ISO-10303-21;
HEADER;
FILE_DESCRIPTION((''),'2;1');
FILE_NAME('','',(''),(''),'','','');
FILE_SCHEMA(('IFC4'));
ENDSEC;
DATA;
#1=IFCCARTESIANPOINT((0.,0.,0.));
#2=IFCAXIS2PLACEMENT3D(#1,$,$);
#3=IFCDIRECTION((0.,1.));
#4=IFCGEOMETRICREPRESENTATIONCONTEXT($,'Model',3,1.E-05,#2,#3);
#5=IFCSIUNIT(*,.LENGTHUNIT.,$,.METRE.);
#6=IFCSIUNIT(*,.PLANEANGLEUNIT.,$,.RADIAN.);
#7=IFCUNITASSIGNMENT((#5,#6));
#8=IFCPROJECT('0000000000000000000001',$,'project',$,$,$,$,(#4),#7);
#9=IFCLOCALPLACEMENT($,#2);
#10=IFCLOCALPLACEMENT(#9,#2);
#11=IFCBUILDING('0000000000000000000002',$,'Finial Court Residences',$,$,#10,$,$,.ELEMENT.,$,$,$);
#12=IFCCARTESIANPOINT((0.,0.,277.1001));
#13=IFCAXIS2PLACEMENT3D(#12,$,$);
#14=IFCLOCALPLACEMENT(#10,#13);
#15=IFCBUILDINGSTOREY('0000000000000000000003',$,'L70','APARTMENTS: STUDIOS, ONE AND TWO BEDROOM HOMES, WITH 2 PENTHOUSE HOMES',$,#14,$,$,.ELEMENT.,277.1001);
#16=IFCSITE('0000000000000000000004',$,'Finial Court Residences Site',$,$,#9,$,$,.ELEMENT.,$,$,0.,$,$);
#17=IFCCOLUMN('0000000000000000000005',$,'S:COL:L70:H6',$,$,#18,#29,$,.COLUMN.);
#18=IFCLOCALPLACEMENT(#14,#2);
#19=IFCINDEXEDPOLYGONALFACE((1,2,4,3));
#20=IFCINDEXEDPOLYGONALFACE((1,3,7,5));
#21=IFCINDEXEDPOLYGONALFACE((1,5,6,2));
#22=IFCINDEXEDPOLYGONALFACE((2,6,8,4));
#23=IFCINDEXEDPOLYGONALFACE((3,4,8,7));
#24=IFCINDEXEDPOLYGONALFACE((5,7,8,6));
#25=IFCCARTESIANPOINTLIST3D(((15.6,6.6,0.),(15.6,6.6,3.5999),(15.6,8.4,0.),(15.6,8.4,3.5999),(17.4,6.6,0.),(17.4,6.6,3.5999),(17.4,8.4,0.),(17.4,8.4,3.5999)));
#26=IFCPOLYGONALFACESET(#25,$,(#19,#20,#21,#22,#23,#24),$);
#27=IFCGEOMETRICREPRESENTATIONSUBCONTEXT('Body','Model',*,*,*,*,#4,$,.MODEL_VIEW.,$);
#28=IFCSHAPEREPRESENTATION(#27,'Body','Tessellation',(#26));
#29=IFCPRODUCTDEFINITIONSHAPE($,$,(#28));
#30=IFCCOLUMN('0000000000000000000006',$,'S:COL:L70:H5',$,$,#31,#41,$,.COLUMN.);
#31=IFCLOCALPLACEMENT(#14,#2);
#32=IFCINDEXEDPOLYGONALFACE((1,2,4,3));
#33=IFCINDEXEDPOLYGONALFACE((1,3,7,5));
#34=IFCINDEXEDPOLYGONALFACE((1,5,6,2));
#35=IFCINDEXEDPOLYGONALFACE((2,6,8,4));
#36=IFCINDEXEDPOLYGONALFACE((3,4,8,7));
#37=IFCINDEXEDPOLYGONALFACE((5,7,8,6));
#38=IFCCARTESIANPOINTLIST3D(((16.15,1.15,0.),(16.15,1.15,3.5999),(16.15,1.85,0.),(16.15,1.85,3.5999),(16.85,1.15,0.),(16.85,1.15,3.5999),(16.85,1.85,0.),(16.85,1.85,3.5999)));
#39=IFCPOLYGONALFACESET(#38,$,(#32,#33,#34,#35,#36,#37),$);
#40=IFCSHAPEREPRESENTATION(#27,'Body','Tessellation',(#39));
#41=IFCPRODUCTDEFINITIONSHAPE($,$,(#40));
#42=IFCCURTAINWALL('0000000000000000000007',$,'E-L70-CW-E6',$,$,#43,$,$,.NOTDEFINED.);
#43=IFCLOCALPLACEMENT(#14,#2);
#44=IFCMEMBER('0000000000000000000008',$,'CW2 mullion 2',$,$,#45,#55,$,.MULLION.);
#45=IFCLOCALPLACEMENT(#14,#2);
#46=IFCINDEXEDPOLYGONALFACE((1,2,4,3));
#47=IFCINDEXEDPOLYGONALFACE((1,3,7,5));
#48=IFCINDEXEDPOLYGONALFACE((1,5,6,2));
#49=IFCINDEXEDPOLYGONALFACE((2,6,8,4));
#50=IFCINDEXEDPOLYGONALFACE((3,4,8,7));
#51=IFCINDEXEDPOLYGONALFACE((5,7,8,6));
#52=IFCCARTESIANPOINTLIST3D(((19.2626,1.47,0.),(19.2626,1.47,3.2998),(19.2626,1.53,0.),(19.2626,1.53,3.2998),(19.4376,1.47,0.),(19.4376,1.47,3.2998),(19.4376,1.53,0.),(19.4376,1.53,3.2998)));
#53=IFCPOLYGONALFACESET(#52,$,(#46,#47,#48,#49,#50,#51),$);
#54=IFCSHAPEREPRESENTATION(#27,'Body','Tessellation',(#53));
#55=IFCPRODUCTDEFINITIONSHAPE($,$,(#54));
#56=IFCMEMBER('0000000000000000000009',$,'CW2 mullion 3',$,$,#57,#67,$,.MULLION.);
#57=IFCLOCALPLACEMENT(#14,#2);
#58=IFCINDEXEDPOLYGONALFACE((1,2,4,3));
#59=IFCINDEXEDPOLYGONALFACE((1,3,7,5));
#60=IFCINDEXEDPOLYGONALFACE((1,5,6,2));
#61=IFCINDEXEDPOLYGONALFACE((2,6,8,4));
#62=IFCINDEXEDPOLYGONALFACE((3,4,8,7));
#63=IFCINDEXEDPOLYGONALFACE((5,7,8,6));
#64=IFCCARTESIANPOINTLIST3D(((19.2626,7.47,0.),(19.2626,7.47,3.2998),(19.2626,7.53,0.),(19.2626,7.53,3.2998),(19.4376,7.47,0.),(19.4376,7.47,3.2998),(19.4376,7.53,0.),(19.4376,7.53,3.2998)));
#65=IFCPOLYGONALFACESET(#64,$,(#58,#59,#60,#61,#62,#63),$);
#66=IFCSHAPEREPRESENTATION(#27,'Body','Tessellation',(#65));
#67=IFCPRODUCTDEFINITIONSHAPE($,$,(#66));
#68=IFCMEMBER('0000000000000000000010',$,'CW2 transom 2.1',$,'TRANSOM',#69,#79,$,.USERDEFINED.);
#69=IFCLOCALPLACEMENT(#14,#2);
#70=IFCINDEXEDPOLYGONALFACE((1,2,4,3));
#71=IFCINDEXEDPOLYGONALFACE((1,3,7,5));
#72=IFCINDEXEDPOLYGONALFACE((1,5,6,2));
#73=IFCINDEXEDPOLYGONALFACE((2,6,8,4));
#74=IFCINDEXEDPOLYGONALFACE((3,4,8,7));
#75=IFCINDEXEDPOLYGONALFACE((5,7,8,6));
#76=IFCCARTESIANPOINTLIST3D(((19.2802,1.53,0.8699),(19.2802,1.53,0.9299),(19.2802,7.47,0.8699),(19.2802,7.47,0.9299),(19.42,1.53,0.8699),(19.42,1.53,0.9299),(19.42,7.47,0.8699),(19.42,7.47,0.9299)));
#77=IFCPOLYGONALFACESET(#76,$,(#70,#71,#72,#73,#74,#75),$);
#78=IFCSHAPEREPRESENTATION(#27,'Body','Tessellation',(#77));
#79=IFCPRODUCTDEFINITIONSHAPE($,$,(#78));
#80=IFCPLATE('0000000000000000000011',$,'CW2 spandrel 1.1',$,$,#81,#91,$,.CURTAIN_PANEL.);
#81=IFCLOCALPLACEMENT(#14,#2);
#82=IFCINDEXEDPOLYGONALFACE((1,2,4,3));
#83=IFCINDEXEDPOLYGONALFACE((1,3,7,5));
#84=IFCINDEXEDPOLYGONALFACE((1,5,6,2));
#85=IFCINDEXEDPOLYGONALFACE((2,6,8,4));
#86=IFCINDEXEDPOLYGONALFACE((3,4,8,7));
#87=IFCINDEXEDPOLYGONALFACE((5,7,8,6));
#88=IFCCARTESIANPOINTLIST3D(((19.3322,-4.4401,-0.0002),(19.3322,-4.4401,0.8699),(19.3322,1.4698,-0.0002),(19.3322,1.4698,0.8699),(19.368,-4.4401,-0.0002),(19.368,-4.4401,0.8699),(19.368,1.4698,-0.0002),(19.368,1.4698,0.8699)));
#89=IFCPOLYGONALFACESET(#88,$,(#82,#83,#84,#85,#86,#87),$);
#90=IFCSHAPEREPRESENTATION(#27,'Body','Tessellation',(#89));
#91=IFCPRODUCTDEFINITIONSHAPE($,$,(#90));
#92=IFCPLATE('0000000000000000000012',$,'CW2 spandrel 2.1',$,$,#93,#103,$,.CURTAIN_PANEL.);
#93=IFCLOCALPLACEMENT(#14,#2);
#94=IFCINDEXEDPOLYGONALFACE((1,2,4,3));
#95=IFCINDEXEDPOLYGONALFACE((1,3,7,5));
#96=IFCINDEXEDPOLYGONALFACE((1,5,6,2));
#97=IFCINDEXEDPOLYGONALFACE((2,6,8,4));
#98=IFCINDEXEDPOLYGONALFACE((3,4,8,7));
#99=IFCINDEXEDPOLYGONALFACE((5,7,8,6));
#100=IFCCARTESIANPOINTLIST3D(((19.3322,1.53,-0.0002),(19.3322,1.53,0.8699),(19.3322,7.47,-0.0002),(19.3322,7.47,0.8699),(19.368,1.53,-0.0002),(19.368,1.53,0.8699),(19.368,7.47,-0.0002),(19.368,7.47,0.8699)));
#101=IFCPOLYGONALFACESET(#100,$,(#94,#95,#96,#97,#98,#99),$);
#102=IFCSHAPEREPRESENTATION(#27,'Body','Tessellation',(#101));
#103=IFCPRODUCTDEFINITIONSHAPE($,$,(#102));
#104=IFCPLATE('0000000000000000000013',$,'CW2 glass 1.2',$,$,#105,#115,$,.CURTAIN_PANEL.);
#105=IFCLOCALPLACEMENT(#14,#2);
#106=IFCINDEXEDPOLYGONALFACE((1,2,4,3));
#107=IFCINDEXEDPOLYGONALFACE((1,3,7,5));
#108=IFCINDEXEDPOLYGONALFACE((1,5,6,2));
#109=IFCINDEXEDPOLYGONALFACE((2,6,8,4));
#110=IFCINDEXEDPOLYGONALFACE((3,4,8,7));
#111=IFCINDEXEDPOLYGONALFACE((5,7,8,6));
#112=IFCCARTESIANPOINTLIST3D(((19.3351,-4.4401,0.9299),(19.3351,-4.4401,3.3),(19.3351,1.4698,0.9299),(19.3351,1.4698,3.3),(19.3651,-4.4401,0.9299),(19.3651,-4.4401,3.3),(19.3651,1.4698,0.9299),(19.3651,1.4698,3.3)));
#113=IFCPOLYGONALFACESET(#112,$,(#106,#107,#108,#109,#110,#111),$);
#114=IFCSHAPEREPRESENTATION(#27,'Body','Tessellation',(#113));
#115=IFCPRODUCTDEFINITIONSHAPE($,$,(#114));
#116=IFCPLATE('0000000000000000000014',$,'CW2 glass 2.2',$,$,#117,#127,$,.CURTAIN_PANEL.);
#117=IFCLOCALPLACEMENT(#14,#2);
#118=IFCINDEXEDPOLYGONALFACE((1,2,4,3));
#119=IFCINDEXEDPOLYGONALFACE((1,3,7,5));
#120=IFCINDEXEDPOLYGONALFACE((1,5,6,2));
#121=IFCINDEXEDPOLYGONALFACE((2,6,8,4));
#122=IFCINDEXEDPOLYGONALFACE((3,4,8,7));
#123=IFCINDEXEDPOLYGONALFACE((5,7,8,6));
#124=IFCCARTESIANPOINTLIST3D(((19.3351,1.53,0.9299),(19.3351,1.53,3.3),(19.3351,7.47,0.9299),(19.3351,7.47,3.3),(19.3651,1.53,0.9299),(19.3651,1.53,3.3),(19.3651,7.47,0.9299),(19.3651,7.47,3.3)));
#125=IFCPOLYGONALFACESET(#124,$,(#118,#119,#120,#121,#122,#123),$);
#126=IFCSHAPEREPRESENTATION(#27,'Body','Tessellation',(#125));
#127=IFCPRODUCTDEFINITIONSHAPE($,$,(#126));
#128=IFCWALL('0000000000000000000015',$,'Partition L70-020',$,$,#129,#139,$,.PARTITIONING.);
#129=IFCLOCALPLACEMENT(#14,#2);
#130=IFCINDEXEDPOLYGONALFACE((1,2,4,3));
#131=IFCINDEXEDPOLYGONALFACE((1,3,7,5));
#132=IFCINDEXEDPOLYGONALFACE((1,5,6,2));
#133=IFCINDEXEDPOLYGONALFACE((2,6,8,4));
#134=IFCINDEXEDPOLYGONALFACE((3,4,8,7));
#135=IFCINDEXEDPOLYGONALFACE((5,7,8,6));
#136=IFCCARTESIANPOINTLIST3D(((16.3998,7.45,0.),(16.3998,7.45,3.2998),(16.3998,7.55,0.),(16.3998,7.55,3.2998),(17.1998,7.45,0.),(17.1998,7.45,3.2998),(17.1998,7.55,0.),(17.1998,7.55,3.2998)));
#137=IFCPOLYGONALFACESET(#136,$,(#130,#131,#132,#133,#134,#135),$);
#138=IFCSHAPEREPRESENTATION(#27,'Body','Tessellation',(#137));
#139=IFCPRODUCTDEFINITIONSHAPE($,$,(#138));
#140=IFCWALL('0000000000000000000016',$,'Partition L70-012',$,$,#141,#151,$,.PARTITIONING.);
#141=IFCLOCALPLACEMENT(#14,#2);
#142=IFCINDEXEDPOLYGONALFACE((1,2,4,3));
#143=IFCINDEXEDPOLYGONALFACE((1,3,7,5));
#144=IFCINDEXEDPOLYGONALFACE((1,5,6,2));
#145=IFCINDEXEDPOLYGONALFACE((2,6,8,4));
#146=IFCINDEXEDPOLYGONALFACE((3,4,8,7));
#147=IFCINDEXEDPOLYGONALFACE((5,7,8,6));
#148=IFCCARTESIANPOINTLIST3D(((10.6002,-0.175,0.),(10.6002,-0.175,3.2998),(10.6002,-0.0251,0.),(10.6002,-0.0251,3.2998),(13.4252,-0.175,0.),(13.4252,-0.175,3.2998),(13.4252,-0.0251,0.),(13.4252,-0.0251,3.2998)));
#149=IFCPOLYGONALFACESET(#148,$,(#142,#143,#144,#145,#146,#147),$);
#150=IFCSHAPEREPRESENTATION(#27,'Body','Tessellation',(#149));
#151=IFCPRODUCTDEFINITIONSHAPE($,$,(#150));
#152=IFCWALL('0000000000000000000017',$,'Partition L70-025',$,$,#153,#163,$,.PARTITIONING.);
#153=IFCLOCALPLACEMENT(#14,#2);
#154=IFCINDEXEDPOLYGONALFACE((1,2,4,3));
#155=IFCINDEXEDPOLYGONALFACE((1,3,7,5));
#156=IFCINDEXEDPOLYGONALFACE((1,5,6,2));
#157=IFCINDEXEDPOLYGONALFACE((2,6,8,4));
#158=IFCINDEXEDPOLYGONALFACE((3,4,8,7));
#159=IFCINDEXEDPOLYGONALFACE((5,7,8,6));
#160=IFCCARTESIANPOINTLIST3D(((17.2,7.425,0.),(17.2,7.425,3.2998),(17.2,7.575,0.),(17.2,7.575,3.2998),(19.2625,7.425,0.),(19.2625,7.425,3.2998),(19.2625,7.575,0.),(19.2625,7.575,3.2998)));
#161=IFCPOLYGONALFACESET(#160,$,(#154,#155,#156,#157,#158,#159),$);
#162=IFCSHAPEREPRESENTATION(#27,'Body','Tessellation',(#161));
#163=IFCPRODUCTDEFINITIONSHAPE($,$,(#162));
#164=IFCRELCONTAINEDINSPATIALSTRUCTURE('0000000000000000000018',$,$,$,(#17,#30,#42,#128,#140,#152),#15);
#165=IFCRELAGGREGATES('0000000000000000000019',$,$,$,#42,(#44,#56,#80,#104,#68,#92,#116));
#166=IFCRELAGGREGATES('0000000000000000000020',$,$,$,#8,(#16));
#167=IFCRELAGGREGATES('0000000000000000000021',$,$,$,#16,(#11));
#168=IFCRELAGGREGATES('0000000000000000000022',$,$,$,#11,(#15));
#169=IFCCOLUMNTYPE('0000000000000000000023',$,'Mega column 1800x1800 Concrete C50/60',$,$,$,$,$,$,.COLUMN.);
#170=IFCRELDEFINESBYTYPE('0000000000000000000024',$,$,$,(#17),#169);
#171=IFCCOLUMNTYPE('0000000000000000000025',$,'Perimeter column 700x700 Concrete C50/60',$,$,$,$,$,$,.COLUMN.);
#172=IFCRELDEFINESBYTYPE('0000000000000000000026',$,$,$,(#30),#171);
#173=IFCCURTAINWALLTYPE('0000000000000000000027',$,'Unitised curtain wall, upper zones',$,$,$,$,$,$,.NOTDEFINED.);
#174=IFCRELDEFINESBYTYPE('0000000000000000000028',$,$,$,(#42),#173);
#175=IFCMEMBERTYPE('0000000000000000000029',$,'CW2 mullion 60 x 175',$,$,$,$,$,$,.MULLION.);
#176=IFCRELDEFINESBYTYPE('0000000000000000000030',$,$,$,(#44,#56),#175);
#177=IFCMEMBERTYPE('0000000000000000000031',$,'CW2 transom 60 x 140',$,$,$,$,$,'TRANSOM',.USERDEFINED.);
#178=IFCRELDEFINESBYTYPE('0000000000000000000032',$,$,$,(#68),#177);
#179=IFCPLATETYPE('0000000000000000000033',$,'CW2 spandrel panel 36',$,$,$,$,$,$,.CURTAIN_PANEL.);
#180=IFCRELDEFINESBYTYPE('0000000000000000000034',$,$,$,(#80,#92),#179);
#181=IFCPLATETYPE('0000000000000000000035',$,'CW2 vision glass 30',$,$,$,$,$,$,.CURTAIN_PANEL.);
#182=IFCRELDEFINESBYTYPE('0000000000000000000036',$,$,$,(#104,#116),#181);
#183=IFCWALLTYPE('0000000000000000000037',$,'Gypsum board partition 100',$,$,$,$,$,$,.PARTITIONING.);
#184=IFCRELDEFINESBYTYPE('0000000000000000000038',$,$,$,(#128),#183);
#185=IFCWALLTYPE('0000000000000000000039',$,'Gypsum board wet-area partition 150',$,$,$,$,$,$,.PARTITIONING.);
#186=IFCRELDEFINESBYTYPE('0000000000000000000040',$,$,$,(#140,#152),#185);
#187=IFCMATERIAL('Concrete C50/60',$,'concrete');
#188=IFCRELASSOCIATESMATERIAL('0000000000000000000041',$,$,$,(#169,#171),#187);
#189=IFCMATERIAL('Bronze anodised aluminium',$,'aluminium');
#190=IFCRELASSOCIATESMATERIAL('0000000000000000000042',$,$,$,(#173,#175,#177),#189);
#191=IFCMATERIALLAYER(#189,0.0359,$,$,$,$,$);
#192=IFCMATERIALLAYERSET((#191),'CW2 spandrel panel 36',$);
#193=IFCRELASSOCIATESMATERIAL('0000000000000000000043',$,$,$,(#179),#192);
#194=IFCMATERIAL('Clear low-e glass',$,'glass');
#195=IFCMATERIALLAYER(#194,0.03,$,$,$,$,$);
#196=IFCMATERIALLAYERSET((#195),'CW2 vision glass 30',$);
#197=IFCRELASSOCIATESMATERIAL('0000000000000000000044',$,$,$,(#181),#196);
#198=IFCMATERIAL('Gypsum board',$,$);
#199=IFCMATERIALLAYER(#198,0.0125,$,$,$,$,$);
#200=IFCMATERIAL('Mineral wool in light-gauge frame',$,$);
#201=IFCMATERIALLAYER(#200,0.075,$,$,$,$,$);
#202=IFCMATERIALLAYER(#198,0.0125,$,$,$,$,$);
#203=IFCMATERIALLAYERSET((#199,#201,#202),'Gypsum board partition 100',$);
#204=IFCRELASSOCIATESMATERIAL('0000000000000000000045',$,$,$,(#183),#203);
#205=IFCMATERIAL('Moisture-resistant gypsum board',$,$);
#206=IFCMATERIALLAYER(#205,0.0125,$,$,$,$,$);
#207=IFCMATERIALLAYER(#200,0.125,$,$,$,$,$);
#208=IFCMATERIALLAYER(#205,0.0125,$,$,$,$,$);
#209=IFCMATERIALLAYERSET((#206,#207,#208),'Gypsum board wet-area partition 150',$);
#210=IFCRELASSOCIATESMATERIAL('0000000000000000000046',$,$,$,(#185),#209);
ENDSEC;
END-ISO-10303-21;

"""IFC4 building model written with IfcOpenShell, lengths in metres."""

from ifc_helpers import new_model, si_unit, direction, frame, frame_2d, origin, origin_2d, place, context, subcontext, project, spatial, rectangle, extrude, material, layer, layer_set, material_profile, profile_set, type_object, element, aggregate, save


model = new_model("IFC4")

# Units and contexts
model_context = context("Model", 3, precision=1e-05, world=origin(), true_north=direction((0.0, 1.0)))
body_context = subcontext(model_context, "Body", "Model", "MODEL_VIEW")
ifc_project = project(units=[si_unit("LENGTHUNIT", "METRE"), si_unit("PLANEANGLEUNIT", "RADIAN")], contexts=[model_context])

# Site, building, storey
site_placement = place(None, origin())
site = spatial("IfcSite", under=ifc_project, at=site_placement, Name="Finial Court Residences Site", CompositionType="ELEMENT", RefElevation=0.0)
building_placement = place(site_placement, origin())
building = spatial("IfcBuilding", under=site, at=building_placement, Name="Finial Court Residences", CompositionType="ELEMENT")
storey_placement = place(building_placement, frame((0.0, 0.0, 277.1001)))
storey = spatial("IfcBuildingStorey", under=building, at=storey_placement, Name="L70", Description="APARTMENTS: STUDIOS, ONE AND TWO BEDROOM HOMES, WITH 2 PENTHOUSE HOMES", CompositionType="ELEMENT", Elevation=277.1001)

# Columns
ifc_material_1 = material(Name="Concrete C50/60", Category="concrete")
ifc_material_profile_1 = material_profile(ifc_material_1, rectangle(XDim=1.8, YDim=1.8, at=origin_2d()), Name="1800x1800")
ifc_profile_set_1 = profile_set([ifc_material_profile_1], Name="Concrete C50/60")
column_type_1 = type_object("IfcColumnType", Name="Mega column 1800x1800 Concrete C50/60", PredefinedType="COLUMN", material=ifc_profile_set_1)
column_1_placement = place(storey_placement, frame((16.5, 7.5, 0.0), z_axis=(0.0, 0.0, 1.0), x_axis=(1.0, 0.0, 0.0)))
element("IfcColumn", 1, at=column_1_placement, inside=storey, type_object=column_type_1, Name="S:COL:L70:H6", PredefinedType="COLUMN", context=body_context, shape_type="SweptSolid", body=[
    extrude(rectangle(XDim=1.8, YDim=1.8, at=origin_2d()), origin(), (0.0, 0.0, 1.0), 3.5999),
])
ifc_material_profile_2 = material_profile(ifc_material_1, rectangle(XDim=0.7, YDim=0.7, at=origin_2d()), Name="700x700")
ifc_profile_set_2 = profile_set([ifc_material_profile_2], Name="Concrete C50/60")
column_type_2 = type_object("IfcColumnType", Name="Perimeter column 700x700 Concrete C50/60", PredefinedType="COLUMN", material=ifc_profile_set_2)
column_2_placement = place(storey_placement, frame((16.5, 1.5, 0.0), z_axis=(0.0, 0.0, 1.0), x_axis=(1.0, 0.0, 0.0)))
element("IfcColumn", 2, at=column_2_placement, inside=storey, type_object=column_type_2, Name="S:COL:L70:H5", PredefinedType="COLUMN", context=body_context, shape_type="SweptSolid", body=[
    extrude(rectangle(XDim=0.7, YDim=0.7, at=origin_2d()), origin(), (0.0, 0.0, 1.0), 3.5999),
])

# Curtain wall, members, plates
ifc_material_2 = material(Name="Bronze anodised aluminium", Category="aluminium")
curtain_wall_type = type_object("IfcCurtainWallType", Name="Unitised curtain wall, upper zones", PredefinedType="NOTDEFINED", material=ifc_material_2)
curtain_wall_placement = place(storey_placement, origin())
curtain_wall = element("IfcCurtainWall", 3, at=curtain_wall_placement, inside=storey, type_object=curtain_wall_type, Name="E-L70-CW-E6", PredefinedType="NOTDEFINED")
ifc_material_profile_3 = material_profile(ifc_material_2, rectangle(XDim=0.175, YDim=0.0601, at=origin_2d()), Name="CW2 mullion 60 x 175")
ifc_profile_set_3 = profile_set([ifc_material_profile_3], Name="Bronze anodised aluminium")
member_type_1 = type_object("IfcMemberType", Name="CW2 mullion 60 x 175", PredefinedType="MULLION", material=ifc_profile_set_3)
member_1_placement = place(storey_placement, frame((19.3501, 1.5, 0.0), z_axis=(0.0, 0.0, 1.0), x_axis=(-1.0, 0.0, 0.0)))
member_1 = element("IfcMember", 4, at=member_1_placement, type_object=member_type_1, Name="CW2 mullion 2", PredefinedType="MULLION", context=body_context, shape_type="SweptSolid", body=[
    extrude(rectangle(XDim=0.175, YDim=0.0601, at=origin_2d()), origin(), (0.0, 0.0, 1.0), 3.2998),
])
member_2_placement = place(storey_placement, frame((19.3501, 7.5, 0.0), z_axis=(0.0, 0.0, 1.0), x_axis=(-1.0, 0.0, 0.0)))
member_2 = element("IfcMember", 5, at=member_2_placement, type_object=member_type_1, Name="CW2 mullion 3", PredefinedType="MULLION", context=body_context, shape_type="SweptSolid", body=[
    extrude(rectangle(XDim=0.175, YDim=0.0601, at=origin_2d()), origin(), (0.0, 0.0, 1.0), 3.2998),
])
ifc_material_profile_4 = material_profile(ifc_material_2, rectangle(XDim=0.1399, YDim=0.0601, at=origin_2d()), Name="CW2 transom 60 x 140")
ifc_profile_set_4 = profile_set([ifc_material_profile_4], Name="Bronze anodised aluminium")
member_type_2 = type_object("IfcMemberType", Name="CW2 transom 60 x 140", ElementType="TRANSOM", PredefinedType="USERDEFINED", material=ifc_profile_set_4)
member_3_placement = place(storey_placement, frame((19.3501, 1.53, 0.8999), z_axis=(0.0, 1.0, 0.0), x_axis=(-1.0, 0.0, 0.0)))
member_3 = element("IfcMember", 6, at=member_3_placement, type_object=member_type_2, Name="CW2 transom 2.1", ObjectType="TRANSOM", PredefinedType="USERDEFINED", context=body_context, shape_type="SweptSolid", body=[
    extrude(rectangle(XDim=0.1399, YDim=0.0601, at=origin_2d()), origin(), (0.0, 0.0, 1.0), 5.9399),
])
ifc_layer_1 = layer(ifc_material_2, 0.0359)
ifc_layer_set_1 = layer_set([ifc_layer_1], Name="CW2 spandrel panel 36")
plate_type_1 = type_object("IfcPlateType", Name="CW2 spandrel panel 36", PredefinedType="CURTAIN_PANEL", material=ifc_layer_set_1)
plate_1_placement = place(storey_placement, frame((19.3501, -1.4851, -0.0002), z_axis=(0.0, 0.0, 1.0), x_axis=(0.0, 1.0, 0.0)))
plate_1 = element("IfcPlate", 7, at=plate_1_placement, type_object=plate_type_1, Name="CW2 spandrel 1.1", PredefinedType="CURTAIN_PANEL", context=body_context, shape_type="SweptSolid", body=[
    extrude(rectangle(XDim=5.9099, YDim=0.0359, at=origin_2d()), origin(), (0.0, 0.0, 1.0), 0.8701),
])
plate_2_placement = place(storey_placement, frame((19.3501, 4.5, -0.0002), z_axis=(0.0, 0.0, 1.0), x_axis=(0.0, 1.0, 0.0)))
plate_2 = element("IfcPlate", 8, at=plate_2_placement, type_object=plate_type_1, Name="CW2 spandrel 2.1", PredefinedType="CURTAIN_PANEL", context=body_context, shape_type="SweptSolid", body=[
    extrude(rectangle(XDim=5.9399, YDim=0.0359, at=origin_2d()), origin(), (0.0, 0.0, 1.0), 0.8701),
])
ifc_material_3 = material(Name="Clear low-e glass", Category="glass")
ifc_layer_2 = layer(ifc_material_3, 0.03)
ifc_layer_set_2 = layer_set([ifc_layer_2], Name="CW2 vision glass 30")
plate_type_2 = type_object("IfcPlateType", Name="CW2 vision glass 30", PredefinedType="CURTAIN_PANEL", material=ifc_layer_set_2)
plate_3_placement = place(storey_placement, frame((19.3501, -1.4851, 0.9299), z_axis=(0.0, 0.0, 1.0), x_axis=(0.0, 1.0, 0.0)))
plate_3 = element("IfcPlate", 9, at=plate_3_placement, type_object=plate_type_2, Name="CW2 glass 1.2", PredefinedType="CURTAIN_PANEL", context=body_context, shape_type="SweptSolid", body=[
    extrude(rectangle(XDim=5.9099, YDim=0.03, at=origin_2d()), origin(), (0.0, 0.0, 1.0), 2.3701),
])
plate_4_placement = place(storey_placement, frame((19.3501, 4.5, 0.9299), z_axis=(0.0, 0.0, 1.0), x_axis=(0.0, 1.0, 0.0)))
plate_4 = element("IfcPlate", 10, at=plate_4_placement, type_object=plate_type_2, Name="CW2 glass 2.2", PredefinedType="CURTAIN_PANEL", context=body_context, shape_type="SweptSolid", body=[
    extrude(rectangle(XDim=5.9399, YDim=0.03, at=origin_2d()), origin(), (0.0, 0.0, 1.0), 2.3701),
])
aggregate(curtain_wall, [member_1, member_2, plate_1, plate_3, member_3, plate_2, plate_4])

# Walls
ifc_material_4 = material(Name="Gypsum board")
ifc_layer_3 = layer(ifc_material_4, 0.0125)
ifc_material_5 = material(Name="Mineral wool in light-gauge frame")
ifc_layer_4 = layer(ifc_material_5, 0.075)
ifc_layer_5 = layer(ifc_material_4, 0.0125)
ifc_layer_set_3 = layer_set([ifc_layer_3, ifc_layer_4, ifc_layer_5], Name="Gypsum board partition 100")
wall_type_1 = type_object("IfcWallType", Name="Gypsum board partition 100", PredefinedType="PARTITIONING", material=ifc_layer_set_3)
wall_1_placement = place(storey_placement, frame((16.3999, 7.5, 0.0), z_axis=(0.0, 0.0, 1.0), x_axis=(1.0, 0.0, 0.0)))
element("IfcWall", 11, at=wall_1_placement, inside=storey, type_object=wall_type_1, Name="Partition L70-020", PredefinedType="PARTITIONING", context=body_context, shape_type="SweptSolid", body=[
    extrude(rectangle(XDim=0.8, YDim=0.1001, at=frame_2d((0.3999, 0.0))), origin(), (0.0, 0.0, 1.0), 3.2998),
])
ifc_material_6 = material(Name="Moisture-resistant gypsum board")
ifc_layer_6 = layer(ifc_material_6, 0.0125)
ifc_layer_7 = layer(ifc_material_5, 0.125)
ifc_layer_8 = layer(ifc_material_6, 0.0125)
ifc_layer_set_4 = layer_set([ifc_layer_6, ifc_layer_7, ifc_layer_8], Name="Gypsum board wet-area partition 150")
wall_type_2 = type_object("IfcWallType", Name="Gypsum board wet-area partition 150", PredefinedType="PARTITIONING", material=ifc_layer_set_4)
wall_2_placement = place(storey_placement, frame((10.6001, -0.1001, 0.0), z_axis=(0.0, 0.0, 1.0), x_axis=(1.0, 0.0, 0.0)))
element("IfcWall", 12, at=wall_2_placement, inside=storey, type_object=wall_type_2, Name="Partition L70-012", PredefinedType="PARTITIONING", context=body_context, shape_type="SweptSolid", body=[
    extrude(rectangle(XDim=2.825, YDim=0.1499, at=frame_2d((1.4126, 0.0))), origin(), (0.0, 0.0, 1.0), 3.2998),
])
wall_3_placement = place(storey_placement, frame((17.2, 7.5, 0.0), z_axis=(0.0, 0.0, 1.0), x_axis=(1.0, 0.0, 0.0)))
element("IfcWall", 13, at=wall_3_placement, inside=storey, type_object=wall_type_2, Name="Partition L70-025", PredefinedType="PARTITIONING", context=body_context, shape_type="SweptSolid", body=[
    extrude(rectangle(XDim=2.0625, YDim=0.1499, at=frame_2d((1.0312, 0.0))), origin(), (0.0, 0.0, 1.0), 3.2998),
])

save(model, "model.ifc")
